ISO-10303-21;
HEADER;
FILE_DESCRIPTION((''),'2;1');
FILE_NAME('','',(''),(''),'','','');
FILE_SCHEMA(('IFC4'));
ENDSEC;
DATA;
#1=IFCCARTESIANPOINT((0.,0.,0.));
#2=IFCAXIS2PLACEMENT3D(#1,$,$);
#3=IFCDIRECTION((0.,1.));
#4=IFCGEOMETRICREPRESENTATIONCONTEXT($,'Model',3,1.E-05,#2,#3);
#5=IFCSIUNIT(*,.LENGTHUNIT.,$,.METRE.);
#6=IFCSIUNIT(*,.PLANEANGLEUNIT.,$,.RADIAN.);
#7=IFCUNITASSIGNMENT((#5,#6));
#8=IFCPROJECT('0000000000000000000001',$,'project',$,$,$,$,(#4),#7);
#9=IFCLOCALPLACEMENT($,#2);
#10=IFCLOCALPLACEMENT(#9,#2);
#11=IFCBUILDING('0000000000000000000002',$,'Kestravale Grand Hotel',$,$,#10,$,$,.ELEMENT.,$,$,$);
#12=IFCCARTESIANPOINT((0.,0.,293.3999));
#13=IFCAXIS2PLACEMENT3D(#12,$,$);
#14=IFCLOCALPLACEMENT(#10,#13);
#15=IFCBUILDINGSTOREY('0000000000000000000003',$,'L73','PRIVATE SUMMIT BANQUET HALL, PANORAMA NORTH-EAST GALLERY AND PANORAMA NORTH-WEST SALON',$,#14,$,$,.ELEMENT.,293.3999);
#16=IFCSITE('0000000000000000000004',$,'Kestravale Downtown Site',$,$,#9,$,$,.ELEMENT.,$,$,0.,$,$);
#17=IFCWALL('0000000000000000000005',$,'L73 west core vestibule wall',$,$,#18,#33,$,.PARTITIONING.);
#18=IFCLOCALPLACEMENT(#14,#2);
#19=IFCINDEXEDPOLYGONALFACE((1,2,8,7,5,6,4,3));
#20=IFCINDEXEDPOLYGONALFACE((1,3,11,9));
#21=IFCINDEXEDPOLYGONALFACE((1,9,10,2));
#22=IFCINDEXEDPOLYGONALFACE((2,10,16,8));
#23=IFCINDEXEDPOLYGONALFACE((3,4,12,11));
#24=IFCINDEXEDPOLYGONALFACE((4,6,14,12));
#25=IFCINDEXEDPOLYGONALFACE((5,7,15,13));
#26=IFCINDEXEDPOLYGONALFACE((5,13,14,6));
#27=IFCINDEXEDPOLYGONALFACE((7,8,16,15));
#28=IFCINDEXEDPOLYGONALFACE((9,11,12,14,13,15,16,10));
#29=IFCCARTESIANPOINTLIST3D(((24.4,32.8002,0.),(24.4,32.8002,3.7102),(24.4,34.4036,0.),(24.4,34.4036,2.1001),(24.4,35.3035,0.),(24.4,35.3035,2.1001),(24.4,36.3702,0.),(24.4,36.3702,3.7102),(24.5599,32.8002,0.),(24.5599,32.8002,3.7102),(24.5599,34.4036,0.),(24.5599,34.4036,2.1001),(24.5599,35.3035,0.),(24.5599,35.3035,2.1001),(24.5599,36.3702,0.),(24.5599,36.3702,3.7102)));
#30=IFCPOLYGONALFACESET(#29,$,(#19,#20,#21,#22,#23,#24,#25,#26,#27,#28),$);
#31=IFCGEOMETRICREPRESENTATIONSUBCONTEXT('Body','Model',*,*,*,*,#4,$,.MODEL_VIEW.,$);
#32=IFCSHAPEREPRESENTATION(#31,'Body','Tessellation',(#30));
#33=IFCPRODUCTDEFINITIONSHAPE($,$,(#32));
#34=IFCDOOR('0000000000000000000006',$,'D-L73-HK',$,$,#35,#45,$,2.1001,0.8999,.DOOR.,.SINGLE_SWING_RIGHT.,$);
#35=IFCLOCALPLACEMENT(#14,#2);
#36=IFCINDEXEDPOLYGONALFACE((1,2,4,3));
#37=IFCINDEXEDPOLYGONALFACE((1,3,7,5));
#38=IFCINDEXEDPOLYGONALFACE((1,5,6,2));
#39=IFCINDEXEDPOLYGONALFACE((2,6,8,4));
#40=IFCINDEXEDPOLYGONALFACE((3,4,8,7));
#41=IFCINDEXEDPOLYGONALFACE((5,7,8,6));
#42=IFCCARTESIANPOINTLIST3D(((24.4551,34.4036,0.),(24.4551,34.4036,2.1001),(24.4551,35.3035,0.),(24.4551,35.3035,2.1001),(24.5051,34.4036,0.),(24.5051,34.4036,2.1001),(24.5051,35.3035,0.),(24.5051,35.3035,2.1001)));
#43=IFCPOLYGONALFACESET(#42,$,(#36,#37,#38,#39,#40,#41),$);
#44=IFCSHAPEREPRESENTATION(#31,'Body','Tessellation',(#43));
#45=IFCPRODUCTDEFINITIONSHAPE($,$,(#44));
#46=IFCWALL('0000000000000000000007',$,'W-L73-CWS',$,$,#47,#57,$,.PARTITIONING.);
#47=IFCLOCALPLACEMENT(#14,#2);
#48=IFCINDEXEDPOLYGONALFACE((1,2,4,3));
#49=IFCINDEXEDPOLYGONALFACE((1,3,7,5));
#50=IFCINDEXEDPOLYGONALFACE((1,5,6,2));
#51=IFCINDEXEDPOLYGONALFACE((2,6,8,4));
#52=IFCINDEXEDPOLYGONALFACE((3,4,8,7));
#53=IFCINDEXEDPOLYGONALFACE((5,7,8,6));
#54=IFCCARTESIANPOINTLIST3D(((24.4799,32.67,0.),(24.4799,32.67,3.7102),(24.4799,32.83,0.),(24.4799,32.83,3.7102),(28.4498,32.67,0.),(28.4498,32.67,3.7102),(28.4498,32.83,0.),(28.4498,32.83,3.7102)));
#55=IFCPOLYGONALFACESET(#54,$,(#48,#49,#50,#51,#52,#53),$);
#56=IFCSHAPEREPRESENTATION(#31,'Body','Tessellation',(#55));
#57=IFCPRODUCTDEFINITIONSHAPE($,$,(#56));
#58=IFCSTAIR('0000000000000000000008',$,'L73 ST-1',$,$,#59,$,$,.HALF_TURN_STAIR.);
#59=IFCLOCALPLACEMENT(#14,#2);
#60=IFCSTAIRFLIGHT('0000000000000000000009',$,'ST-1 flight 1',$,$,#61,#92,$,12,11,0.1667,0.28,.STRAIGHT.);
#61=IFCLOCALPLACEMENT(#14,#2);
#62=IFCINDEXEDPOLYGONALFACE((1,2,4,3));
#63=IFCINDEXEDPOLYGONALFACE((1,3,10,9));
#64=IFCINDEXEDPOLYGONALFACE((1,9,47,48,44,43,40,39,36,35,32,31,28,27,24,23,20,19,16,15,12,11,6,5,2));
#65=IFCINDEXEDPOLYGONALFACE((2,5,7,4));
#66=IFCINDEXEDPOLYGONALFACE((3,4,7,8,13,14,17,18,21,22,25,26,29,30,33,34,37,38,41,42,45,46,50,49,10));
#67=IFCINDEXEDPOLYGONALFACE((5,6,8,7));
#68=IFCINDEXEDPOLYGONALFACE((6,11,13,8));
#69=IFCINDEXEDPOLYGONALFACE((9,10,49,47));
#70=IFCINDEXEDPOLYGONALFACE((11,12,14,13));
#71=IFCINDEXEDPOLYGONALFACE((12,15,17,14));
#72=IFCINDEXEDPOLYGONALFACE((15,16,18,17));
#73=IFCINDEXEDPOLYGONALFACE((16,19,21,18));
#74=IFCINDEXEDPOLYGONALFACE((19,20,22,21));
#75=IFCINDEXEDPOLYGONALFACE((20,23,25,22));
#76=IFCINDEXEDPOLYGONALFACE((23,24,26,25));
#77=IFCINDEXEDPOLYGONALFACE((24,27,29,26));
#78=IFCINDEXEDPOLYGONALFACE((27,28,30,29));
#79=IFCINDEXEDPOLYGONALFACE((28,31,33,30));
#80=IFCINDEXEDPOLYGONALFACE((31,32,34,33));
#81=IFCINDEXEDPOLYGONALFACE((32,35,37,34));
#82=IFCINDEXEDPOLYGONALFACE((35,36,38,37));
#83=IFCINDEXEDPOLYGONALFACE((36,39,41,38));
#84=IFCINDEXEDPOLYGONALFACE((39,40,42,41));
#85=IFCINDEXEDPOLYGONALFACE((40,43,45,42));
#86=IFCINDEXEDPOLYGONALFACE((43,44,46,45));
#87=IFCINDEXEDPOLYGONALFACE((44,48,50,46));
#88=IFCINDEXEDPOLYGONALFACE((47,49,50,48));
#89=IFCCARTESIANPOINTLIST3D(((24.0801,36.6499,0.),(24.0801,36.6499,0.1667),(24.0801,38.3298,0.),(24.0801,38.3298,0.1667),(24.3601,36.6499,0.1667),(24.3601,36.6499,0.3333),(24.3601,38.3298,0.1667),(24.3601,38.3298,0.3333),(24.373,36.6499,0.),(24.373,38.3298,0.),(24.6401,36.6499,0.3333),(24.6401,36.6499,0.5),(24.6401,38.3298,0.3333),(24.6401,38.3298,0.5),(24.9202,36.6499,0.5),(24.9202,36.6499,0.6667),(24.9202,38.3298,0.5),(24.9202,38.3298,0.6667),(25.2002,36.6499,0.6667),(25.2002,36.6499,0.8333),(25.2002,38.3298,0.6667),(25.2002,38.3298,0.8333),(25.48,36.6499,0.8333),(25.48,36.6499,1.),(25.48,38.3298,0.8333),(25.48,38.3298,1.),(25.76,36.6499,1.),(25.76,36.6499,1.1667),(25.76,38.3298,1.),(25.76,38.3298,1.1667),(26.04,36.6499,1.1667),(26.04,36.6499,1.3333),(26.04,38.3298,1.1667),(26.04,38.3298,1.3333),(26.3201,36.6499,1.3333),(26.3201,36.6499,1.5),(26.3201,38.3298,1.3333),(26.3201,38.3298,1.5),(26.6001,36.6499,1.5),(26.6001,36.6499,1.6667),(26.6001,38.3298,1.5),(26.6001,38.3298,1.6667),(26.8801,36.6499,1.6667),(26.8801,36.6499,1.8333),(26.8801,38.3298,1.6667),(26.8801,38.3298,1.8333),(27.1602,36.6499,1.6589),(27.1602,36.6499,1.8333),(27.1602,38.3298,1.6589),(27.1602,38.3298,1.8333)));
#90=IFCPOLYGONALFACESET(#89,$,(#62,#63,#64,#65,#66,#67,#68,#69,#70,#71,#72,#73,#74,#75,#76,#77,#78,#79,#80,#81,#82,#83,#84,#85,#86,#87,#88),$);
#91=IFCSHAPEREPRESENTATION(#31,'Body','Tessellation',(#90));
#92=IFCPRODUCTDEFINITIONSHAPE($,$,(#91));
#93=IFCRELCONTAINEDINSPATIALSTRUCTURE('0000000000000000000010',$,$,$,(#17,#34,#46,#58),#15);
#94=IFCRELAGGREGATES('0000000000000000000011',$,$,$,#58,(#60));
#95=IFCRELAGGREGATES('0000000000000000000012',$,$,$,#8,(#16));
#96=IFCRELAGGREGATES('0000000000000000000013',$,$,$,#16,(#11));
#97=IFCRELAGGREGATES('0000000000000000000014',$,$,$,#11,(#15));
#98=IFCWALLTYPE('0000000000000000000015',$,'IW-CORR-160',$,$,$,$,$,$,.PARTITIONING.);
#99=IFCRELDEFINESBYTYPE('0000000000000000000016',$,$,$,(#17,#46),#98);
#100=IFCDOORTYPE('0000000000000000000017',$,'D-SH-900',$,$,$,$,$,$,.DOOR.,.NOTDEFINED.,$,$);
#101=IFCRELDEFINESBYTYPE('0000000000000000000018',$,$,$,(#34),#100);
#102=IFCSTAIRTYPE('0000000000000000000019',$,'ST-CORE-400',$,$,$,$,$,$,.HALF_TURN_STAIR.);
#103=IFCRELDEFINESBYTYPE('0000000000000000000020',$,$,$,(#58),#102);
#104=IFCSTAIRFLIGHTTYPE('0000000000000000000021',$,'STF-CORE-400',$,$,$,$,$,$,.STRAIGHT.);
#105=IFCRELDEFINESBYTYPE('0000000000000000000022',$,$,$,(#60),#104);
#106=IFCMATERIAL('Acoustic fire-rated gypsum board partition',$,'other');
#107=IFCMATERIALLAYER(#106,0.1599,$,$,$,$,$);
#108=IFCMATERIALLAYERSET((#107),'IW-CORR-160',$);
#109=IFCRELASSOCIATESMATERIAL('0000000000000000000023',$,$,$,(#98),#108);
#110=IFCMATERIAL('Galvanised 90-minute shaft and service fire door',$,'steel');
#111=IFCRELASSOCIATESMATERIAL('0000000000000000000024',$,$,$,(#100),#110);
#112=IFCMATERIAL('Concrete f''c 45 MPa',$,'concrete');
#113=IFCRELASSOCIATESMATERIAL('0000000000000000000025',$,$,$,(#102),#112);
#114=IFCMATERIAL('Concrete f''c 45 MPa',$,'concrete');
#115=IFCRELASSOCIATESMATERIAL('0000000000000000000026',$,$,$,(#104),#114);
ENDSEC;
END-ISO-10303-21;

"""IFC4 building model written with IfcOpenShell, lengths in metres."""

from ifc_helpers import new_model, si_unit, direction, frame, frame_2d, origin, place, context, subcontext, project, spatial, polyline, rectangle, outline, extrude, material, layer, layer_set, type_object, element, fill, aggregate, save


model = new_model("IFC4")

# Units and contexts
model_context = context("Model", 3, precision=1e-05, world=origin(), true_north=direction((0.0, 1.0)))
body_context = subcontext(model_context, "Body", "Model", "MODEL_VIEW")
ifc_project = project(units=[si_unit("LENGTHUNIT", "METRE"), si_unit("PLANEANGLEUNIT", "RADIAN")], contexts=[model_context])

# Site, building, storey
site_placement = place(None, origin())
site = spatial("IfcSite", under=ifc_project, at=site_placement, Name="Kestravale Downtown Site", CompositionType="ELEMENT", RefElevation=0.0)
building_placement = place(site_placement, origin())
building = spatial("IfcBuilding", under=site, at=building_placement, Name="Kestravale Grand Hotel", CompositionType="ELEMENT")
storey_placement = place(building_placement, frame((0.0, 0.0, 293.3999)))
storey = spatial("IfcBuildingStorey", under=building, at=storey_placement, Name="L73", Description="PRIVATE SUMMIT BANQUET HALL, PANORAMA NORTH-EAST GALLERY AND PANORAMA NORTH-WEST SALON", CompositionType="ELEMENT", Elevation=293.3999)

# Wall, opening, door
ifc_material_1 = material(Name="Acoustic fire-rated gypsum board partition", Category="other")
ifc_layer_1 = layer(ifc_material_1, 0.1599)
ifc_layer_set_1 = layer_set([ifc_layer_1], Name="IW-CORR-160")
wall_type_1 = type_object("IfcWallType", Name="IW-CORR-160", PredefinedType="PARTITIONING", material=ifc_layer_set_1)
wall_1_placement = place(storey_placement, frame((24.48, 32.8, 0.0), z_axis=(0.0, 0.0, 1.0), x_axis=(0.0, 1.0, 0.0)))
wall_1 = element("IfcWall", 1, at=wall_1_placement, inside=storey, type_object=wall_type_1, Name="L73 west core vestibule wall", PredefinedType="PARTITIONING", context=body_context, shape_type="SweptSolid", body=[
    extrude(rectangle(XDim=3.5701, YDim=0.1599, at=frame_2d((1.7852, 0.0))), origin(), (0.0, 0.0, 1.0), 3.7102),
])
opening_1_placement = place(wall_1_placement, frame((1.6035, 0.0, 0.0)))
opening_1 = element("IfcOpeningElement", 2, at=opening_1_placement, cuts=wall_1, PredefinedType="OPENING", context=body_context, shape_type="SweptSolid", body=[
    extrude(rectangle(XDim=0.8999, YDim=2.1001, at=frame_2d((0.45, 1.05))), frame((0.0, 0.0898, 0.0), z_axis=(0.0, -1.0, 0.0), x_axis=(1.0, 0.0, 0.0)), (0.0, 0.0, 1.0), 0.1799),
])
ifc_material_2 = material(Name="Galvanised 90-minute shaft and service fire door", Category="steel")
door_type_1 = type_object("IfcDoorType", Name="D-SH-900", OperationType="NOTDEFINED", PredefinedType="DOOR", material=ifc_material_2)
door_1_placement = place(opening_1_placement, origin())
door_1 = element("IfcDoor", 3, at=door_1_placement, inside=storey, type_object=door_type_1, Name="D-L73-HK", OperationType="SINGLE_SWING_RIGHT", OverallHeight=2.1001, OverallWidth=0.8999, PredefinedType="DOOR", context=body_context, shape_type="SweptSolid", body=[
    extrude(rectangle(XDim=0.8999, YDim=2.1001, at=frame_2d((0.45, 1.05))), frame((0.0, 0.0249, 0.0), z_axis=(0.0, -1.0, 0.0), x_axis=(1.0, 0.0, 0.0)), (0.0, 0.0, 1.0), 0.05),
])
fill(opening_1, door_1)

# Wall
wall_2_placement = place(storey_placement, frame((24.48, 32.75, 0.0), z_axis=(0.0, 0.0, 1.0), x_axis=(1.0, 0.0, 0.0)))
element("IfcWall", 4, at=wall_2_placement, inside=storey, type_object=wall_type_1, Name="W-L73-CWS", PredefinedType="PARTITIONING", context=body_context, shape_type="SweptSolid", body=[
    extrude(rectangle(XDim=3.97, YDim=0.1599, at=frame_2d((1.9849, 0.0))), origin(), (0.0, 0.0, 1.0), 3.7102),
])

# Stair, stair flight
ifc_material_3 = material(Name="Concrete f'c 45 MPa", Category="concrete")
stair_type = type_object("IfcStairType", Name="ST-CORE-400", PredefinedType="HALF_TURN_STAIR", material=ifc_material_3)
stair_placement = place(storey_placement, origin())
stair = element("IfcStair", 5, at=stair_placement, inside=storey, type_object=stair_type, Name="L73 ST-1", PredefinedType="HALF_TURN_STAIR")
ifc_material_4 = material(Name="Concrete f'c 45 MPa", Category="concrete")
stair_flight_type = type_object("IfcStairFlightType", Name="STF-CORE-400", PredefinedType="STRAIGHT", material=ifc_material_4)
stair_flight_placement = place(storey_placement, frame((24.0801, 37.49, 0.0), z_axis=(0.0, 0.0, 1.0), x_axis=(1.0, 0.0, 0.0)))
stair_flight = element("IfcStairFlight", 6, at=stair_flight_placement, type_object=stair_flight_type, Name="ST-1 flight 1", NumberOfRisers=12, NumberOfTreads=11, PredefinedType="STRAIGHT", RiserHeight=0.1667, TreadLength=0.28, context=body_context, shape_type="SweptSolid", body=[
    extrude(outline(polyline([(0.0, 0.0), (0.0, 0.1667), (0.28, 0.1667), (0.28, 0.3333), (0.5601, 0.3333), (0.5601, 0.5), (0.8401, 0.5), (0.8401, 0.6667), (1.1201, 0.6667), (1.1201, 0.8333), (1.3999, 0.8333), (1.3999, 1.0), (1.6799, 1.0), (1.6799, 1.1667), (1.96, 1.1667), (1.96, 1.3333), (2.24, 1.3333), (2.24, 1.5), (2.52, 1.5), (2.52, 1.6667), (2.8, 1.6667), (2.8, 1.8333), (3.0801, 1.8333), (3.0801, 2.0), (3.0801, 1.6589), (0.293, 0.0), (0.0, 0.0)])), frame((0.0, 0.8398, 0.0), z_axis=(0.0, -1.0, 0.0), x_axis=(1.0, 0.0, 0.0)), (0.0, 0.0, 1.0), 1.6799),
])
aggregate(stair, [stair_flight])

save(model, "model.ifc")
